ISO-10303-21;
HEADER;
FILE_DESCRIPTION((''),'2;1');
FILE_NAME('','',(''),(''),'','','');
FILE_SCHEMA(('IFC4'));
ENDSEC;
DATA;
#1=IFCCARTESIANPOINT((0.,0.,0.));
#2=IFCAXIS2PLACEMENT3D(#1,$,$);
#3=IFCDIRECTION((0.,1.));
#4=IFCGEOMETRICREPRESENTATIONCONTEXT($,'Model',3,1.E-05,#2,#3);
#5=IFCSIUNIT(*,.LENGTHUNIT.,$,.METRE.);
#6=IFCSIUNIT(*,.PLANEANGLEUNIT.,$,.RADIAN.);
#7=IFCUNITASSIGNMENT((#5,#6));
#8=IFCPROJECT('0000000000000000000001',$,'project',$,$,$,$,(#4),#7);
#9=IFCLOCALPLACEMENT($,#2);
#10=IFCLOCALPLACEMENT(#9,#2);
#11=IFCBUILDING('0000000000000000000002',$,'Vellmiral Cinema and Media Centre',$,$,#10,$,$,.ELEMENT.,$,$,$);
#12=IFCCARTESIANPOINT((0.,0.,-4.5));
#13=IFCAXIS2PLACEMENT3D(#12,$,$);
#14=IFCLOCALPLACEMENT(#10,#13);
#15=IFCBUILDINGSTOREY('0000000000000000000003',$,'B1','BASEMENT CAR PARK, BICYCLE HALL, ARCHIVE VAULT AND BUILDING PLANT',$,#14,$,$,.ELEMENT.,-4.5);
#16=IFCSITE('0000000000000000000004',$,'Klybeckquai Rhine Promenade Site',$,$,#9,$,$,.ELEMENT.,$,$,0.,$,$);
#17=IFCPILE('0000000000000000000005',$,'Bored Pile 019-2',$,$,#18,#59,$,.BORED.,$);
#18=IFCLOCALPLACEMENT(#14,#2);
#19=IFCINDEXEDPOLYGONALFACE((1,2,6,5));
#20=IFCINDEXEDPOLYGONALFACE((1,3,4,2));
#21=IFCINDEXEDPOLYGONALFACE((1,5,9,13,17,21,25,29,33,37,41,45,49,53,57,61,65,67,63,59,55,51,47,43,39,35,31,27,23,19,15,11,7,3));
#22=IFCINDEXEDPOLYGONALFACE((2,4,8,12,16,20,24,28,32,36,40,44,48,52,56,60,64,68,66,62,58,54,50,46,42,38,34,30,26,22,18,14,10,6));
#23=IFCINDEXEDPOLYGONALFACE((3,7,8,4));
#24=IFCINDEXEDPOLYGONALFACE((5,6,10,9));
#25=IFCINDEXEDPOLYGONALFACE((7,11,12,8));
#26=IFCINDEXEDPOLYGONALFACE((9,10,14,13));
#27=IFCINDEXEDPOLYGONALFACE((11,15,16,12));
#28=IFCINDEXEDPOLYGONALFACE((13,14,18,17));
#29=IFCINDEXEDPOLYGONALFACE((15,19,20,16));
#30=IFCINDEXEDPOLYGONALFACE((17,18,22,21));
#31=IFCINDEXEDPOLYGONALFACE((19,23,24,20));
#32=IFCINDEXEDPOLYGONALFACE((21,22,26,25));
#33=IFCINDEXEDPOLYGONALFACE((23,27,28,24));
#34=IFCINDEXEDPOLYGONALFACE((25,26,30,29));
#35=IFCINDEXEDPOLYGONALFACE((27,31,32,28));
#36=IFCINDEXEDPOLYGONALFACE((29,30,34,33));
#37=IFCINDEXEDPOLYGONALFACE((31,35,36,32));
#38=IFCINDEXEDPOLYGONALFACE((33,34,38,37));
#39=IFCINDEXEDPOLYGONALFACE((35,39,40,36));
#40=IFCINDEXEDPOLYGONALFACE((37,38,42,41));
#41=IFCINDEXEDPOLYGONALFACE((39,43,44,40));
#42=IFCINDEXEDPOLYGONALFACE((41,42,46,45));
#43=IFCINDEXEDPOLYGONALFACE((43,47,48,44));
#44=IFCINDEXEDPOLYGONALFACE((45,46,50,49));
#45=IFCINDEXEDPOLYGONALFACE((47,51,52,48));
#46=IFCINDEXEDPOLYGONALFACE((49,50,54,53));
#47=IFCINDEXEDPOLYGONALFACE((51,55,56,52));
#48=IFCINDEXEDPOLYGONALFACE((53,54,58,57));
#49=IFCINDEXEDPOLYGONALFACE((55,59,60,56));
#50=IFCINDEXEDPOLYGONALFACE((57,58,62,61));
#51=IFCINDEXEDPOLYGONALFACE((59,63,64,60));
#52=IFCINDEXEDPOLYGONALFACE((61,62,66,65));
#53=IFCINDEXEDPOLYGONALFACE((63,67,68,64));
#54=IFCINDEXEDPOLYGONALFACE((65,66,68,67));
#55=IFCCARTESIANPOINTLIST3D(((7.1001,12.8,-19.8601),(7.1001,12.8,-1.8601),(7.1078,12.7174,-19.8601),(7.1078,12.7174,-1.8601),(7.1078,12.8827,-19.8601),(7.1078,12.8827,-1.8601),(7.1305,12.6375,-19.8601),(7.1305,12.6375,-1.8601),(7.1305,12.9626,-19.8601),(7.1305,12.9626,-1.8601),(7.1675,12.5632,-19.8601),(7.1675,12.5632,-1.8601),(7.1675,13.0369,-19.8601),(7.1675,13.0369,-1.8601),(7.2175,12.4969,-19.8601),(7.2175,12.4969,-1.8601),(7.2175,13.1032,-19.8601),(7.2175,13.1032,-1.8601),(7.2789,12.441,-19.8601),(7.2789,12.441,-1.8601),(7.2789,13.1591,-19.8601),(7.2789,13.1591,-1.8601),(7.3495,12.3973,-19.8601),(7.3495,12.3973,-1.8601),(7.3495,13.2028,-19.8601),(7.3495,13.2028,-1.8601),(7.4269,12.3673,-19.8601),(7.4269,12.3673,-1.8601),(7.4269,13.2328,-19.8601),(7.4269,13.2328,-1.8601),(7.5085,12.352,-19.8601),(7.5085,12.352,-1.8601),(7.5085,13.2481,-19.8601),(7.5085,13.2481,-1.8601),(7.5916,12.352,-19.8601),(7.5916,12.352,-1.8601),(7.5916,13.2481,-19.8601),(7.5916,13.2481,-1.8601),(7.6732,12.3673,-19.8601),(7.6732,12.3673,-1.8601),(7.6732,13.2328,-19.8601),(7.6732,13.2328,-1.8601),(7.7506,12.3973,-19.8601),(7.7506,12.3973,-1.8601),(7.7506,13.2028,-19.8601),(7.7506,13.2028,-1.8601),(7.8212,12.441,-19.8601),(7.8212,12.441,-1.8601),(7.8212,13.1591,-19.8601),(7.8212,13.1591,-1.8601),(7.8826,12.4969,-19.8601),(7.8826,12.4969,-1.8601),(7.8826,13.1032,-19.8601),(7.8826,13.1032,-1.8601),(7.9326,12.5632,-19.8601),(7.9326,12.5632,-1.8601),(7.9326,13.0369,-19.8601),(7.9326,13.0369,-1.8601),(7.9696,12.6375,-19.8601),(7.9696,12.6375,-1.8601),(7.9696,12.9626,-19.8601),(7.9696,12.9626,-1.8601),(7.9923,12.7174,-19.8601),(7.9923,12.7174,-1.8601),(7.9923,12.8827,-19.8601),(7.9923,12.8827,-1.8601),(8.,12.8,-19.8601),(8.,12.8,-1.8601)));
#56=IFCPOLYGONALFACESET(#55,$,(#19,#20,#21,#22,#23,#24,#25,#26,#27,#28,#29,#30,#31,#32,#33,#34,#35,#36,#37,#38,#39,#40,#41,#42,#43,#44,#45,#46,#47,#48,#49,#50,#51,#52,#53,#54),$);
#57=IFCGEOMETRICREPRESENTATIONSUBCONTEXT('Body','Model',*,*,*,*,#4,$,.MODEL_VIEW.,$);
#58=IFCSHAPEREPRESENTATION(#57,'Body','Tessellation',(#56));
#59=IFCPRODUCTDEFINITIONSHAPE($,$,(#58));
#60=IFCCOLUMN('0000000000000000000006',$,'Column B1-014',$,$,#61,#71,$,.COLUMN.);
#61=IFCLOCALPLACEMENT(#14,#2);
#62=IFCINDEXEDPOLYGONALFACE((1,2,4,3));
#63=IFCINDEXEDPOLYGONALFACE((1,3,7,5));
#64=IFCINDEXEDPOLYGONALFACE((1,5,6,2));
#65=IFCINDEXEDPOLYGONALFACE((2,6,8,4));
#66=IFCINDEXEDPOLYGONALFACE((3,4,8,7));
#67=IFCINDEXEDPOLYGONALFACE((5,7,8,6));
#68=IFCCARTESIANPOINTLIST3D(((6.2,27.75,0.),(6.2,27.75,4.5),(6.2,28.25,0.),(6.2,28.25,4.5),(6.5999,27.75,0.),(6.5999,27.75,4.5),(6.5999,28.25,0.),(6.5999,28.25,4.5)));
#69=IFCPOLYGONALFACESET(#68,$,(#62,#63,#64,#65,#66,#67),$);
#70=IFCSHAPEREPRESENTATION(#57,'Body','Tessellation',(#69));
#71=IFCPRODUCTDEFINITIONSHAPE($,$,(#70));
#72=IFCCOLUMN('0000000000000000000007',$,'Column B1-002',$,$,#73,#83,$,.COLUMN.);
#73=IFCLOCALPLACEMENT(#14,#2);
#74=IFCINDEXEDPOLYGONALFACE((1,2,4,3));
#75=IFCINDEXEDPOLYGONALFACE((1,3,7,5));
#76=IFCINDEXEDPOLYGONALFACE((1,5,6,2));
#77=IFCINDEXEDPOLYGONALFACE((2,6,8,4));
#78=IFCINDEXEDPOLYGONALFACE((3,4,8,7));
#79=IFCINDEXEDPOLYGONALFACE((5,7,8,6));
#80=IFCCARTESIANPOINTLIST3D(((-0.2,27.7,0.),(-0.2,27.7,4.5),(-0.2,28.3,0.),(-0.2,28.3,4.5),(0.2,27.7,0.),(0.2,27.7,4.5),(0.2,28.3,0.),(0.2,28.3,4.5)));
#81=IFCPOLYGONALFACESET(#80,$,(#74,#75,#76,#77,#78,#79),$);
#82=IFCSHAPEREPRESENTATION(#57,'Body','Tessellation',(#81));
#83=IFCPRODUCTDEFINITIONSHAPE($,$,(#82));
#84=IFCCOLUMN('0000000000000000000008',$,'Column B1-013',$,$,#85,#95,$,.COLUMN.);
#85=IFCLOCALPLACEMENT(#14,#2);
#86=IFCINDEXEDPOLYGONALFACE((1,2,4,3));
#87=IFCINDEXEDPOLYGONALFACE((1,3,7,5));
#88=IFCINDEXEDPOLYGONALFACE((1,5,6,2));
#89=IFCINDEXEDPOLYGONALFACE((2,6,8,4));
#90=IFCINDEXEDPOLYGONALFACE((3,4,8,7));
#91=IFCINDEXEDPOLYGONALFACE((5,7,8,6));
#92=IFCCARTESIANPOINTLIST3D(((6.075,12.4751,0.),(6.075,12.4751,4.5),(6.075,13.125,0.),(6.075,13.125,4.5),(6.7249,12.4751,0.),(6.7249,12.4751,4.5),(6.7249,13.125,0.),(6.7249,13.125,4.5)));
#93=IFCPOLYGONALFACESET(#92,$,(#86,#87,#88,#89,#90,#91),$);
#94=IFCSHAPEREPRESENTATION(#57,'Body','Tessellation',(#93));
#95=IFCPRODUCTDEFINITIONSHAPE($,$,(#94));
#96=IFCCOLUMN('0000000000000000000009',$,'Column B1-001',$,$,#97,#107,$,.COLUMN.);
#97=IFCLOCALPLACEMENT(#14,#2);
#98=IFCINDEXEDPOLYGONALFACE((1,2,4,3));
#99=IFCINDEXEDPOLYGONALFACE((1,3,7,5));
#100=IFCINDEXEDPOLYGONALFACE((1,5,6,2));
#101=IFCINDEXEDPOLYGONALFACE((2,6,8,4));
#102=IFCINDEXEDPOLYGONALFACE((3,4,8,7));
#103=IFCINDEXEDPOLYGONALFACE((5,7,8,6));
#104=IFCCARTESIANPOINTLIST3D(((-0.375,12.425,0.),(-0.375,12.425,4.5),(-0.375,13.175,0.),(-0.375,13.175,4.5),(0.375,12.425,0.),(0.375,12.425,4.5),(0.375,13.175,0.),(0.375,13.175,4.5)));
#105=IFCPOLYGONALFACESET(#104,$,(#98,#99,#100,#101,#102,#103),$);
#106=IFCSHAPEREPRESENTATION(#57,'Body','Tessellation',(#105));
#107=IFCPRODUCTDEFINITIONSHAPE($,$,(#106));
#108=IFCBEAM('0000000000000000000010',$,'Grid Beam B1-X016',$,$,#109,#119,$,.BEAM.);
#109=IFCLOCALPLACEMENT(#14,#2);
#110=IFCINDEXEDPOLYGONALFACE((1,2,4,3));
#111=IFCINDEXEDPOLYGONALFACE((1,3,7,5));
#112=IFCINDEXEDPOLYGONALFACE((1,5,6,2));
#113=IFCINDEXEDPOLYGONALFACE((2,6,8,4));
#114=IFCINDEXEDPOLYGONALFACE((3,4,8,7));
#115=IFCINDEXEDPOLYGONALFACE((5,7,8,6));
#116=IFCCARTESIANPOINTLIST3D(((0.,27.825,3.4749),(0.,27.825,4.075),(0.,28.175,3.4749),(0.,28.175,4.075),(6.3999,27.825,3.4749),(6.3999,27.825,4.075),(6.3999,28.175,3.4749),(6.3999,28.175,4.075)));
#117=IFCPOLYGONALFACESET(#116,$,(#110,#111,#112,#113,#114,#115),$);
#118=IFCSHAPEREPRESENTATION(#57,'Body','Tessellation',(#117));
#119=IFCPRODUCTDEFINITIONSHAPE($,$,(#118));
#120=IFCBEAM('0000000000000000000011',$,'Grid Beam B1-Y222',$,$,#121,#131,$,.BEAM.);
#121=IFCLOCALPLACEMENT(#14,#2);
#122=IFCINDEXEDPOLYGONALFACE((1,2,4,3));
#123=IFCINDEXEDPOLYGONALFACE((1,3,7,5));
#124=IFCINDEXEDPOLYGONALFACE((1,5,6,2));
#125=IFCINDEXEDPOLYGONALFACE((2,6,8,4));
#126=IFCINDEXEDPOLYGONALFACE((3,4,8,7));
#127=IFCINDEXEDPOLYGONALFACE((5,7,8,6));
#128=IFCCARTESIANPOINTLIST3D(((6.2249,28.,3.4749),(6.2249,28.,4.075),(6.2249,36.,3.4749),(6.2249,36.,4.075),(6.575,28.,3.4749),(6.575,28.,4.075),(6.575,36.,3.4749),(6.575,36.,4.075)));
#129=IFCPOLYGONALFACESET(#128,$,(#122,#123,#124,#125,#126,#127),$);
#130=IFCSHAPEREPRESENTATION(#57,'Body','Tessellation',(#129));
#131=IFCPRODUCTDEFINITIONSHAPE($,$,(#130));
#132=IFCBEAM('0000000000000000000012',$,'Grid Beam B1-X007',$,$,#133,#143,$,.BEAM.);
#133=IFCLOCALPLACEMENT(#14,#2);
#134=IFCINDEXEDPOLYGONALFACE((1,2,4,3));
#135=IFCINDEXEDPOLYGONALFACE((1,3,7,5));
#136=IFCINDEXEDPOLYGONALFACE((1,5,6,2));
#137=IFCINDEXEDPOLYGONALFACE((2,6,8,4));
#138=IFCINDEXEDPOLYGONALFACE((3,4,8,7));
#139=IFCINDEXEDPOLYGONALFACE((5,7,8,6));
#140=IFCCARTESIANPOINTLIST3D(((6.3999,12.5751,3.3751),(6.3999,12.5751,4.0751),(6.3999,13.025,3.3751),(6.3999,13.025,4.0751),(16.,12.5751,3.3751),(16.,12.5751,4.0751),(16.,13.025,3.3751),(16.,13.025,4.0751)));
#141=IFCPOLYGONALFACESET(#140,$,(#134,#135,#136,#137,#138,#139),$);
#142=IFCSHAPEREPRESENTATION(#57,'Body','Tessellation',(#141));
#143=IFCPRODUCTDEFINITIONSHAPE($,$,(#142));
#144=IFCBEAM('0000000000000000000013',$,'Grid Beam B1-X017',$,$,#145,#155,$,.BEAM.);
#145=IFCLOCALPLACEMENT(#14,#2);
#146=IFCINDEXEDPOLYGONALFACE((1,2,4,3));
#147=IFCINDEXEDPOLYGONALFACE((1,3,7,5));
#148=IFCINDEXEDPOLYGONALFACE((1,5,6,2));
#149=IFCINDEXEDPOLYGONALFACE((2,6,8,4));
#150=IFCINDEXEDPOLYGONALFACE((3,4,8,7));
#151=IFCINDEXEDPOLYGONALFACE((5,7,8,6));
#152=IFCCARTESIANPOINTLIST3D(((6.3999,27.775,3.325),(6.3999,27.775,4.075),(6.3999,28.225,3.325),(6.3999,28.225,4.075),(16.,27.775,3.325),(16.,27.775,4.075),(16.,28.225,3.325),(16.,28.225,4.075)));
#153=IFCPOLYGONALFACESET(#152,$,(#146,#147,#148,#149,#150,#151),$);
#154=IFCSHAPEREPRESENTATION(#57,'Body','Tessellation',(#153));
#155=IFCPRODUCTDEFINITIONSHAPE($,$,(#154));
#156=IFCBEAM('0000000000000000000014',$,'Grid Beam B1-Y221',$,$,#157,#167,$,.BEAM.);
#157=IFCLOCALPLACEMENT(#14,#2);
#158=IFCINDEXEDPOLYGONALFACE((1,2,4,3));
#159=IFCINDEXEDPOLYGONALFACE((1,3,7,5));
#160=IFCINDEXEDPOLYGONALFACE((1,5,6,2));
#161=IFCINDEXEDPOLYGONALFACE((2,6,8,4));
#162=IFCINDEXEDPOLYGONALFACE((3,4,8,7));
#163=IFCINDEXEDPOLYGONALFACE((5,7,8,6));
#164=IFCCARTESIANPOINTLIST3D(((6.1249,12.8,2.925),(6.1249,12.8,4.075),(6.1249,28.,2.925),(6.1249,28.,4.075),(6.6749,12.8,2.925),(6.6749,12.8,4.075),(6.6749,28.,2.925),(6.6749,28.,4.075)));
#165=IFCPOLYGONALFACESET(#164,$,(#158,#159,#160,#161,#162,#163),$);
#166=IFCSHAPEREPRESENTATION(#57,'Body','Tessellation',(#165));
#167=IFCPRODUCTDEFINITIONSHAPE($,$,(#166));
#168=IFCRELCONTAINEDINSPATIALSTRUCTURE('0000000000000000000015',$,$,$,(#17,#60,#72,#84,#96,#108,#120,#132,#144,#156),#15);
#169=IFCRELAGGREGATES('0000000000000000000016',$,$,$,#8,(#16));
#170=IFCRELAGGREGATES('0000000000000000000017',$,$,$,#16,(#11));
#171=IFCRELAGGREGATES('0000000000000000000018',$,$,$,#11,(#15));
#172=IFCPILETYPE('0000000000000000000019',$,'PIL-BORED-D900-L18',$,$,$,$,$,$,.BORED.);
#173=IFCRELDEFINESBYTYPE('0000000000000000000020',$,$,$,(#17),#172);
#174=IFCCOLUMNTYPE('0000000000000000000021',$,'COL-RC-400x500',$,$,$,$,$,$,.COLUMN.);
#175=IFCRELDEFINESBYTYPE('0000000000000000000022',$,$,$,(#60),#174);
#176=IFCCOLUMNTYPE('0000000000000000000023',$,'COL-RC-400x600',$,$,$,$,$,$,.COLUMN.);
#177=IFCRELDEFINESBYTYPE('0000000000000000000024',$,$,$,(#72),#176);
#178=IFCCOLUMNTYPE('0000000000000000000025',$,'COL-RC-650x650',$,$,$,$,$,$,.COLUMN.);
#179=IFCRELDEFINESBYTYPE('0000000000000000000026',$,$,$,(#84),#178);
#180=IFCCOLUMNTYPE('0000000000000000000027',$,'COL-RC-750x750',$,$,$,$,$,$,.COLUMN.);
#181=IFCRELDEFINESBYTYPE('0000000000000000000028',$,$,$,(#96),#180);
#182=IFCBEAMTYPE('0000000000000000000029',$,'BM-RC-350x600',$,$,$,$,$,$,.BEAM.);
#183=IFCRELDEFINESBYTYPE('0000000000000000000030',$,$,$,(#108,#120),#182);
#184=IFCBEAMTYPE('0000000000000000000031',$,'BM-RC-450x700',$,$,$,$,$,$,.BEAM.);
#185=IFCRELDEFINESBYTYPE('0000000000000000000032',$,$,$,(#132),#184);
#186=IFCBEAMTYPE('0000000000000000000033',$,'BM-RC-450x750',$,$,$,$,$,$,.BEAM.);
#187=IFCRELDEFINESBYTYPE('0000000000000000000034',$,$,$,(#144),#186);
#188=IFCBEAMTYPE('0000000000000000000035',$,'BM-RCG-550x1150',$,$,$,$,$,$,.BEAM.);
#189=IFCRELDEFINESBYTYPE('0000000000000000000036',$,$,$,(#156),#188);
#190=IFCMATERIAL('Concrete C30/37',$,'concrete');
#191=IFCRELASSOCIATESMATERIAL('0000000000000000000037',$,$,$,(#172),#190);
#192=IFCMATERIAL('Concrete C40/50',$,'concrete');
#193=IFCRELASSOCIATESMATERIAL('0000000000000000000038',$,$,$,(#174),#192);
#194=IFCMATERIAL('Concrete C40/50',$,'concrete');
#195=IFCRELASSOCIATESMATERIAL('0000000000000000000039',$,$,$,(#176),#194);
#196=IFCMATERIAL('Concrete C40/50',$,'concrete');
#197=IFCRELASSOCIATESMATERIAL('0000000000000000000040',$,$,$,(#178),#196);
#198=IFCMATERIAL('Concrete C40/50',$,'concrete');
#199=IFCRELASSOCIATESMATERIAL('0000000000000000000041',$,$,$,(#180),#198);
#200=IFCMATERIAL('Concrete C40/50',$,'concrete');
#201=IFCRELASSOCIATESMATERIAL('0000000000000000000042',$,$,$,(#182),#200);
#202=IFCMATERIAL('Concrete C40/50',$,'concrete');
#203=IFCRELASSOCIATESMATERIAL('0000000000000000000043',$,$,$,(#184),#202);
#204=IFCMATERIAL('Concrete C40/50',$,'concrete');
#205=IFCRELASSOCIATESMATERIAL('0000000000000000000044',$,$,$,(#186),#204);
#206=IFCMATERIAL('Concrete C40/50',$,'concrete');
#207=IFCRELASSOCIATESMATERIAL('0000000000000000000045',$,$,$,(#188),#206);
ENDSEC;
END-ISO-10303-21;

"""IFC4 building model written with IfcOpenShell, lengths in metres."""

from ifc_helpers import new_model, si_unit, direction, frame, origin, origin_2d, place, context, subcontext, project, spatial, rectangle, circle, extrude, material, material_profile, profile_set, type_object, element, save


model = new_model("IFC4")

# Units and contexts
model_context = context("Model", 3, precision=1e-05, world=origin(), true_north=direction((0.0, 1.0)))
body_context = subcontext(model_context, "Body", "Model", "MODEL_VIEW")
ifc_project = project(units=[si_unit("LENGTHUNIT", "METRE"), si_unit("PLANEANGLEUNIT", "RADIAN")], contexts=[model_context])

# Site, building, storey
site_placement = place(None, origin())
site = spatial("IfcSite", under=ifc_project, at=site_placement, Name="Klybeckquai Rhine Promenade Site", CompositionType="ELEMENT", RefElevation=0.0)
building_placement = place(site_placement, origin())
building = spatial("IfcBuilding", under=site, at=building_placement, Name="Vellmiral Cinema and Media Centre", CompositionType="ELEMENT")
storey_placement = place(building_placement, frame((0.0, 0.0, -4.5)))
storey = spatial("IfcBuildingStorey", under=building, at=storey_placement, Name="B1", Description="BASEMENT CAR PARK, BICYCLE HALL, ARCHIVE VAULT AND BUILDING PLANT", CompositionType="ELEMENT", Elevation=-4.5)

# Pile
ifc_material_1 = material(Name="Concrete C30/37", Category="concrete")
ifc_material_profile_1 = material_profile(ifc_material_1, circle(Radius=0.45, at=origin_2d()), Name="PILE D900")
ifc_profile_set_1 = profile_set([ifc_material_profile_1], Name="Concrete C30/37")
pile_type_1 = type_object("IfcPileType", Name="PIL-BORED-D900-L18", PredefinedType="BORED", material=ifc_profile_set_1)
for number, where, z_axis, x_axis, name in (
    (1, (7.55, 12.8, -1.8601), (0.0, 0.0, -1.0), (1.0, 0.0, 0.0), "Bored Pile 019-2"),
):
    element("IfcPile", number, at=place(storey_placement, frame(where, z_axis=z_axis, x_axis=x_axis)), inside=storey, type_object=pile_type_1, Name=name, PredefinedType="BORED", context=body_context, shape_type="SweptSolid", body=[
        extrude(circle(Radius=0.45, at=origin_2d()), origin(), (0.0, 0.0, 1.0), 18.0),
    ])

# Columns
ifc_material_2 = material(Name="Concrete C40/50", Category="concrete")
ifc_material_profile_2 = material_profile(ifc_material_2, rectangle(XDim=0.3999, YDim=0.5, at=origin_2d()), Name="RC 400x500")
ifc_profile_set_2 = profile_set([ifc_material_profile_2], Name="Concrete C40/50")
column_type_1 = type_object("IfcColumnType", Name="COL-RC-400x500", PredefinedType="COLUMN", material=ifc_profile_set_2)
column_1_placement = place(storey_placement, frame((6.3999, 28.0, 0.0), z_axis=(0.0, 0.0, 1.0), x_axis=(1.0, 0.0, 0.0)))
element("IfcColumn", 2, at=column_1_placement, inside=storey, type_object=column_type_1, Name="Column B1-014", PredefinedType="COLUMN", context=body_context, shape_type="SweptSolid", body=[
    extrude(rectangle(XDim=0.3999, YDim=0.5, at=origin_2d()), origin(), (0.0, 0.0, 1.0), 4.5),
])
ifc_material_3 = material(Name="Concrete C40/50", Category="concrete")
ifc_material_profile_3 = material_profile(ifc_material_3, rectangle(XDim=0.3999, YDim=0.6001, at=origin_2d()), Name="RC 400x600")
ifc_profile_set_3 = profile_set([ifc_material_profile_3], Name="Concrete C40/50")
column_type_2 = type_object("IfcColumnType", Name="COL-RC-400x600", PredefinedType="COLUMN", material=ifc_profile_set_3)
column_2_placement = place(storey_placement, frame((0.0, 28.0, 0.0), z_axis=(0.0, 0.0, 1.0), x_axis=(1.0, 0.0, 0.0)))
element("IfcColumn", 3, at=column_2_placement, inside=storey, type_object=column_type_2, Name="Column B1-002", PredefinedType="COLUMN", context=body_context, shape_type="SweptSolid", body=[
    extrude(rectangle(XDim=0.3999, YDim=0.6001, at=origin_2d()), origin(), (0.0, 0.0, 1.0), 4.5),
])
ifc_material_4 = material(Name="Concrete C40/50", Category="concrete")
ifc_material_profile_4 = material_profile(ifc_material_4, rectangle(XDim=0.6499, YDim=0.6499, at=origin_2d()), Name="RC 650x650")
ifc_profile_set_4 = profile_set([ifc_material_profile_4], Name="Concrete C40/50")
column_type_3 = type_object("IfcColumnType", Name="COL-RC-650x650", PredefinedType="COLUMN", material=ifc_profile_set_4)
column_3_placement = place(storey_placement, frame((6.3999, 12.8, 0.0), z_axis=(0.0, 0.0, 1.0), x_axis=(1.0, 0.0, 0.0)))
element("IfcColumn", 4, at=column_3_placement, inside=storey, type_object=column_type_3, Name="Column B1-013", PredefinedType="COLUMN", context=body_context, shape_type="SweptSolid", body=[
    extrude(rectangle(XDim=0.6499, YDim=0.6499, at=origin_2d()), origin(), (0.0, 0.0, 1.0), 4.5),
])
ifc_material_5 = material(Name="Concrete C40/50", Category="concrete")
ifc_material_profile_5 = material_profile(ifc_material_5, rectangle(XDim=0.75, YDim=0.75, at=origin_2d()), Name="RC 750x750")
ifc_profile_set_5 = profile_set([ifc_material_profile_5], Name="Concrete C40/50")
column_type_4 = type_object("IfcColumnType", Name="COL-RC-750x750", PredefinedType="COLUMN", material=ifc_profile_set_5)
column_4_placement = place(storey_placement, frame((0.0, 12.8, 0.0), z_axis=(0.0, 0.0, 1.0), x_axis=(1.0, 0.0, 0.0)))
element("IfcColumn", 5, at=column_4_placement, inside=storey, type_object=column_type_4, Name="Column B1-001", PredefinedType="COLUMN", context=body_context, shape_type="SweptSolid", body=[
    extrude(rectangle(XDim=0.75, YDim=0.75, at=origin_2d()), origin(), (0.0, 0.0, 1.0), 4.5),
])

# Beams
ifc_material_6 = material(Name="Concrete C40/50", Category="concrete")
ifc_material_profile_6 = material_profile(ifc_material_6, rectangle(XDim=0.3501, YDim=0.6001, at=origin_2d()), Name="RC 350x600")
ifc_profile_set_6 = profile_set([ifc_material_profile_6], Name="Concrete C40/50")
beam_type_1 = type_object("IfcBeamType", Name="BM-RC-350x600", PredefinedType="BEAM", material=ifc_profile_set_6)
beam_1_placement = place(storey_placement, frame((0.0, 28.0, 3.7749), z_axis=(1.0, 0.0, 0.0), x_axis=(0.0, 1.0, 0.0)))
element("IfcBeam", 6, at=beam_1_placement, inside=storey, type_object=beam_type_1, Name="Grid Beam B1-X016", PredefinedType="BEAM", context=body_context, shape_type="SweptSolid", body=[
    extrude(rectangle(XDim=0.3501, YDim=0.6001, at=origin_2d()), origin(), (0.0, 0.0, 1.0), 6.3999),
])
beam_2_placement = place(storey_placement, frame((6.3999, 28.0, 3.7749), z_axis=(0.0, 1.0, 0.0), x_axis=(-1.0, 0.0, 0.0)))
element("IfcBeam", 7, at=beam_2_placement, inside=storey, type_object=beam_type_1, Name="Grid Beam B1-Y222", PredefinedType="BEAM", context=body_context, shape_type="SweptSolid", body=[
    extrude(rectangle(XDim=0.3501, YDim=0.6001, at=origin_2d()), origin(), (0.0, 0.0, 1.0), 8.0),
])
ifc_material_7 = material(Name="Concrete C40/50", Category="concrete")
ifc_material_profile_7 = material_profile(ifc_material_7, rectangle(XDim=0.45, YDim=0.7, at=origin_2d()), Name="RC 450x700")
ifc_profile_set_7 = profile_set([ifc_material_profile_7], Name="Concrete C40/50")
beam_type_2 = type_object("IfcBeamType", Name="BM-RC-450x700", PredefinedType="BEAM", material=ifc_profile_set_7)
beam_3_placement = place(storey_placement, frame((6.3999, 12.8, 3.7251), z_axis=(1.0, 0.0, 0.0), x_axis=(0.0, 1.0, 0.0)))
element("IfcBeam", 8, at=beam_3_placement, inside=storey, type_object=beam_type_2, Name="Grid Beam B1-X007", PredefinedType="BEAM", context=body_context, shape_type="SweptSolid", body=[
    extrude(rectangle(XDim=0.45, YDim=0.7, at=origin_2d()), origin(), (0.0, 0.0, 1.0), 9.6001),
])
ifc_material_8 = material(Name="Concrete C40/50", Category="concrete")
ifc_material_profile_8 = material_profile(ifc_material_8, rectangle(XDim=0.45, YDim=0.75, at=origin_2d()), Name="RC 450x750")
ifc_profile_set_8 = profile_set([ifc_material_profile_8], Name="Concrete C40/50")
beam_type_3 = type_object("IfcBeamType", Name="BM-RC-450x750", PredefinedType="BEAM", material=ifc_profile_set_8)
beam_4_placement = place(storey_placement, frame((6.3999, 28.0, 3.7), z_axis=(1.0, 0.0, 0.0), x_axis=(0.0, 1.0, 0.0)))
element("IfcBeam", 9, at=beam_4_placement, inside=storey, type_object=beam_type_3, Name="Grid Beam B1-X017", PredefinedType="BEAM", context=body_context, shape_type="SweptSolid", body=[
    extrude(rectangle(XDim=0.45, YDim=0.75, at=origin_2d()), origin(), (0.0, 0.0, 1.0), 9.6001),
])
ifc_material_9 = material(Name="Concrete C40/50", Category="concrete")
ifc_material_profile_9 = material_profile(ifc_material_9, rectangle(XDim=0.55, YDim=1.1499, at=origin_2d()), Name="RC 550x1150")
ifc_profile_set_9 = profile_set([ifc_material_profile_9], Name="Concrete C40/50")
beam_type_4 = type_object("IfcBeamType", Name="BM-RCG-550x1150", PredefinedType="BEAM", material=ifc_profile_set_9)
beam_5_placement = place(storey_placement, frame((6.3999, 12.8, 3.5), z_axis=(0.0, 1.0, 0.0), x_axis=(-1.0, 0.0, 0.0)))
element("IfcBeam", 10, at=beam_5_placement, inside=storey, type_object=beam_type_4, Name="Grid Beam B1-Y221", PredefinedType="BEAM", context=body_context, shape_type="SweptSolid", body=[
    extrude(rectangle(XDim=0.55, YDim=1.1499, at=origin_2d()), origin(), (0.0, 0.0, 1.0), 15.2),
])

save(model, "model.ifc")
